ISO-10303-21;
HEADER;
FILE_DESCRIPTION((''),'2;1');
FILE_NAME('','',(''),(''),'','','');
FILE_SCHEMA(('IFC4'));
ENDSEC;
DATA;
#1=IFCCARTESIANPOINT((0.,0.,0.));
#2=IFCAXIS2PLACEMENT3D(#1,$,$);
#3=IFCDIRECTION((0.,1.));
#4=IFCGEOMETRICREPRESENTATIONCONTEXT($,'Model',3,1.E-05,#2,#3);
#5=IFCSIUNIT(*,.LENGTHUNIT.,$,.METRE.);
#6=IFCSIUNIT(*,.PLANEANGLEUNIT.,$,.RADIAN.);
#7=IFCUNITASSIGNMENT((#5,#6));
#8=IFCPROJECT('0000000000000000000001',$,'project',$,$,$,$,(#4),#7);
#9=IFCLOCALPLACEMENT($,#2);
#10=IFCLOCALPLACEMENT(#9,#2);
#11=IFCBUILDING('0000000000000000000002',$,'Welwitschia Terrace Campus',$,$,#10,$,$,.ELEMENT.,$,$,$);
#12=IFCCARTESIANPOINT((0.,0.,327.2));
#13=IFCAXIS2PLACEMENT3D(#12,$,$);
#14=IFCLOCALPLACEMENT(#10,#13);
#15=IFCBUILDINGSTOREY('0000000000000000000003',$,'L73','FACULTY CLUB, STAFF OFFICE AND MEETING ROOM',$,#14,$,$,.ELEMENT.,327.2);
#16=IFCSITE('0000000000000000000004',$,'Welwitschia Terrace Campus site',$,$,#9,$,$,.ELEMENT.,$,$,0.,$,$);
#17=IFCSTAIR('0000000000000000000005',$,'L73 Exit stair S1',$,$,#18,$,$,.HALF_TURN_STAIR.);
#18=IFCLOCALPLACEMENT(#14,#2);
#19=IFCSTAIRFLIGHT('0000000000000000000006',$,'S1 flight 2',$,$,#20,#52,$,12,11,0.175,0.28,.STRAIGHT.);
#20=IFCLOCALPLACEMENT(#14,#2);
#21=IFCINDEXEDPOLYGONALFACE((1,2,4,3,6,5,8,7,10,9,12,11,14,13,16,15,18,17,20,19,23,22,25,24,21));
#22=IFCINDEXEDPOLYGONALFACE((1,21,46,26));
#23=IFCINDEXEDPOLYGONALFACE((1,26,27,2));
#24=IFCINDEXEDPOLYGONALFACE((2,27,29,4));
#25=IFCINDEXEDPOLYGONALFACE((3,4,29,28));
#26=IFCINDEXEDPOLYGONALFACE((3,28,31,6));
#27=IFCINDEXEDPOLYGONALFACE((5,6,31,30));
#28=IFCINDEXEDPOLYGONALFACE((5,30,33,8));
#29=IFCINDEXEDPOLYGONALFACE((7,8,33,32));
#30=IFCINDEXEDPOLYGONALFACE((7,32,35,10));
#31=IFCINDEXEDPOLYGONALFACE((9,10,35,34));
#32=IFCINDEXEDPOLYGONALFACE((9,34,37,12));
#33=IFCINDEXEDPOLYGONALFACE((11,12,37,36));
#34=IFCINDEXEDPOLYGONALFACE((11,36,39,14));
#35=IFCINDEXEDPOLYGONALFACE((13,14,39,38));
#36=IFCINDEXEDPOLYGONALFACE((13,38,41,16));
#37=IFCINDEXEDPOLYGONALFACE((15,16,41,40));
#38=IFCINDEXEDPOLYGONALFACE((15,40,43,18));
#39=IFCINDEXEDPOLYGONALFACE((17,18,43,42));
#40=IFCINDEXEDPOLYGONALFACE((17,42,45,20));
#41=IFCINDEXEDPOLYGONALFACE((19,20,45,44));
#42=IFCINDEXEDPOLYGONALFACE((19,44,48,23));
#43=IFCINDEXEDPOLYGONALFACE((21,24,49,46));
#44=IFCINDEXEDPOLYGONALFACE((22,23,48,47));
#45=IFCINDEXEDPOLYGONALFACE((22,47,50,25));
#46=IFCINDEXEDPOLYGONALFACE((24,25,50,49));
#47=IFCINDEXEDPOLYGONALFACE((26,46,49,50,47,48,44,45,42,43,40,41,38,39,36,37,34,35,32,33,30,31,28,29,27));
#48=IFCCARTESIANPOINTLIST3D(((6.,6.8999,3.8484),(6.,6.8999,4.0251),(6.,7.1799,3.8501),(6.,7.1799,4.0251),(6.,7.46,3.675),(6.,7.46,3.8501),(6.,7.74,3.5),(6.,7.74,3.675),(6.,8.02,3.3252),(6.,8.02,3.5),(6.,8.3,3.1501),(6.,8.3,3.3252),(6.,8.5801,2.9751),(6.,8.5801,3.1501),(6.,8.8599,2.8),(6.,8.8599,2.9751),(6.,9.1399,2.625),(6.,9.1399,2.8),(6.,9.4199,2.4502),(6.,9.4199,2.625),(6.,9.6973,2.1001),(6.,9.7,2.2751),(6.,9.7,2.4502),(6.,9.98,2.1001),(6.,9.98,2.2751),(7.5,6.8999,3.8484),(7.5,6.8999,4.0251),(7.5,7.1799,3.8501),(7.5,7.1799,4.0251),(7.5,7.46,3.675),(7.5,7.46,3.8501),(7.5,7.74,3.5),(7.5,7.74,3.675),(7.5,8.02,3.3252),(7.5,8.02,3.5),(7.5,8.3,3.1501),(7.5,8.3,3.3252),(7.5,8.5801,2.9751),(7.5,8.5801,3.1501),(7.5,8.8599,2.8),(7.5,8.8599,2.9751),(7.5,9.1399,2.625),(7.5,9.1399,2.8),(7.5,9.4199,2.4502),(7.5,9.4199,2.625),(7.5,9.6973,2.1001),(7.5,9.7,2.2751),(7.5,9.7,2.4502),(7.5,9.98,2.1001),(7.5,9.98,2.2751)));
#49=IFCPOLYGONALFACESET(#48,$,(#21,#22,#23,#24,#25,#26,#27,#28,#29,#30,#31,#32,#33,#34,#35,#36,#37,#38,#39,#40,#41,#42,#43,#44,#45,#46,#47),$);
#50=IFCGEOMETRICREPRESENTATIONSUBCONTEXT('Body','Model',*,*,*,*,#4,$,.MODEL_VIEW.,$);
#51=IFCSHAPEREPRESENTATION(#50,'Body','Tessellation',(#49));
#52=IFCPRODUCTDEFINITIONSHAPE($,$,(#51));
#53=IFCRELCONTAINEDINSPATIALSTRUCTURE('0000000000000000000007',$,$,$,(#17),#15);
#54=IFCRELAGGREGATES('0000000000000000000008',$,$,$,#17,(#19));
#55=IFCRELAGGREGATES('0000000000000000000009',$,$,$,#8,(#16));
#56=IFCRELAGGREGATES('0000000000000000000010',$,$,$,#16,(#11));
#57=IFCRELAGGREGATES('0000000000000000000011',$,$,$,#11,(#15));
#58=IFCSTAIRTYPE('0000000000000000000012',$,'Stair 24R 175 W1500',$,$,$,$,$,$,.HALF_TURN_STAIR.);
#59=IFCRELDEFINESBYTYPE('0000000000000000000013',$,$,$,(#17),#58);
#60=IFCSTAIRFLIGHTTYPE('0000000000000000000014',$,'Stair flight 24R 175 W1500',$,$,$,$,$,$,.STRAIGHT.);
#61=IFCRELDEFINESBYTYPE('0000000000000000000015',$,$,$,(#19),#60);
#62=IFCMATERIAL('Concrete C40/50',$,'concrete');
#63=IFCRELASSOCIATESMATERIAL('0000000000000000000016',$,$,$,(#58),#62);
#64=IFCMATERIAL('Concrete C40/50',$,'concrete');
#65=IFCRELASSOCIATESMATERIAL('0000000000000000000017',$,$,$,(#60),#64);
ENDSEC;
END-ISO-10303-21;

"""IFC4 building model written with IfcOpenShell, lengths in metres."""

from ifc_helpers import new_model, si_unit, direction, frame, origin, place, context, subcontext, project, spatial, polyline, outline, extrude, material, type_object, element, aggregate, save


model = new_model("IFC4")

# Units and contexts
model_context = context("Model", 3, precision=1e-05, world=origin(), true_north=direction((0.0, 1.0)))
body_context = subcontext(model_context, "Body", "Model", "MODEL_VIEW")
ifc_project = project(units=[si_unit("LENGTHUNIT", "METRE"), si_unit("PLANEANGLEUNIT", "RADIAN")], contexts=[model_context])

# Site, building, storey
site_placement = place(None, origin())
site = spatial("IfcSite", under=ifc_project, at=site_placement, Name="Welwitschia Terrace Campus site", CompositionType="ELEMENT", RefElevation=0.0)
building_placement = place(site_placement, origin())
building = spatial("IfcBuilding", under=site, at=building_placement, Name="Welwitschia Terrace Campus", CompositionType="ELEMENT")
storey_placement = place(building_placement, frame((0.0, 0.0, 327.2)))
storey = spatial("IfcBuildingStorey", under=building, at=storey_placement, Name="L73", Description="FACULTY CLUB, STAFF OFFICE AND MEETING ROOM", CompositionType="ELEMENT", Elevation=327.2)

# Stair, stair flight
ifc_material_1 = material(Name="Concrete C40/50", Category="concrete")
stair_type = type_object("IfcStairType", Name="Stair 24R 175 W1500", PredefinedType="HALF_TURN_STAIR", material=ifc_material_1)
stair_placement = place(storey_placement, origin())
stair = element("IfcStair", 1, at=stair_placement, inside=storey, type_object=stair_type, Name="L73 Exit stair S1", PredefinedType="HALF_TURN_STAIR")
ifc_material_2 = material(Name="Concrete C40/50", Category="concrete")
stair_flight_type = type_object("IfcStairFlightType", Name="Stair flight 24R 175 W1500", PredefinedType="STRAIGHT", material=ifc_material_2)
stair_flight_1_placement = place(storey_placement, frame((6.75, 9.98, 2.1001), z_axis=(0.0, 0.0, 1.0), x_axis=(0.0, -1.0, 0.0)))
stair_flight_1 = element("IfcStairFlight", 2, at=stair_flight_1_placement, type_object=stair_flight_type, Name="S1 flight 2", NumberOfRisers=12, NumberOfTreads=11, PredefinedType="STRAIGHT", RiserHeight=0.175, TreadLength=0.28, context=body_context, shape_type="SweptSolid", body=[
    extrude(outline(polyline([(0.0, 0.0), (0.0, 0.175), (0.28, 0.175), (0.28, 0.3501), (0.5601, 0.3501), (0.5601, 0.5249), (0.8401, 0.5249), (0.8401, 0.7), (1.1201, 0.7), (1.1201, 0.875), (1.3999, 0.875), (1.3999, 1.05), (1.6799, 1.05), (1.6799, 1.2251), (1.96, 1.2251), (1.96, 1.3999), (2.24, 1.3999), (2.24, 1.575), (2.52, 1.575), (2.52, 1.75), (2.8, 1.75), (2.8, 1.925), (3.0801, 1.925), (3.0801, 2.1001), (3.0801, 1.7483), (0.2827, 0.0), (0.0, 0.0)])), frame((0.0, 0.75, 0.0), z_axis=(0.0, -1.0, 0.0), x_axis=(1.0, 0.0, 0.0)), (0.0, 0.0, 1.0), 1.5),
])
aggregate(stair, [stair_flight_1])

save(model, "model.ifc")
